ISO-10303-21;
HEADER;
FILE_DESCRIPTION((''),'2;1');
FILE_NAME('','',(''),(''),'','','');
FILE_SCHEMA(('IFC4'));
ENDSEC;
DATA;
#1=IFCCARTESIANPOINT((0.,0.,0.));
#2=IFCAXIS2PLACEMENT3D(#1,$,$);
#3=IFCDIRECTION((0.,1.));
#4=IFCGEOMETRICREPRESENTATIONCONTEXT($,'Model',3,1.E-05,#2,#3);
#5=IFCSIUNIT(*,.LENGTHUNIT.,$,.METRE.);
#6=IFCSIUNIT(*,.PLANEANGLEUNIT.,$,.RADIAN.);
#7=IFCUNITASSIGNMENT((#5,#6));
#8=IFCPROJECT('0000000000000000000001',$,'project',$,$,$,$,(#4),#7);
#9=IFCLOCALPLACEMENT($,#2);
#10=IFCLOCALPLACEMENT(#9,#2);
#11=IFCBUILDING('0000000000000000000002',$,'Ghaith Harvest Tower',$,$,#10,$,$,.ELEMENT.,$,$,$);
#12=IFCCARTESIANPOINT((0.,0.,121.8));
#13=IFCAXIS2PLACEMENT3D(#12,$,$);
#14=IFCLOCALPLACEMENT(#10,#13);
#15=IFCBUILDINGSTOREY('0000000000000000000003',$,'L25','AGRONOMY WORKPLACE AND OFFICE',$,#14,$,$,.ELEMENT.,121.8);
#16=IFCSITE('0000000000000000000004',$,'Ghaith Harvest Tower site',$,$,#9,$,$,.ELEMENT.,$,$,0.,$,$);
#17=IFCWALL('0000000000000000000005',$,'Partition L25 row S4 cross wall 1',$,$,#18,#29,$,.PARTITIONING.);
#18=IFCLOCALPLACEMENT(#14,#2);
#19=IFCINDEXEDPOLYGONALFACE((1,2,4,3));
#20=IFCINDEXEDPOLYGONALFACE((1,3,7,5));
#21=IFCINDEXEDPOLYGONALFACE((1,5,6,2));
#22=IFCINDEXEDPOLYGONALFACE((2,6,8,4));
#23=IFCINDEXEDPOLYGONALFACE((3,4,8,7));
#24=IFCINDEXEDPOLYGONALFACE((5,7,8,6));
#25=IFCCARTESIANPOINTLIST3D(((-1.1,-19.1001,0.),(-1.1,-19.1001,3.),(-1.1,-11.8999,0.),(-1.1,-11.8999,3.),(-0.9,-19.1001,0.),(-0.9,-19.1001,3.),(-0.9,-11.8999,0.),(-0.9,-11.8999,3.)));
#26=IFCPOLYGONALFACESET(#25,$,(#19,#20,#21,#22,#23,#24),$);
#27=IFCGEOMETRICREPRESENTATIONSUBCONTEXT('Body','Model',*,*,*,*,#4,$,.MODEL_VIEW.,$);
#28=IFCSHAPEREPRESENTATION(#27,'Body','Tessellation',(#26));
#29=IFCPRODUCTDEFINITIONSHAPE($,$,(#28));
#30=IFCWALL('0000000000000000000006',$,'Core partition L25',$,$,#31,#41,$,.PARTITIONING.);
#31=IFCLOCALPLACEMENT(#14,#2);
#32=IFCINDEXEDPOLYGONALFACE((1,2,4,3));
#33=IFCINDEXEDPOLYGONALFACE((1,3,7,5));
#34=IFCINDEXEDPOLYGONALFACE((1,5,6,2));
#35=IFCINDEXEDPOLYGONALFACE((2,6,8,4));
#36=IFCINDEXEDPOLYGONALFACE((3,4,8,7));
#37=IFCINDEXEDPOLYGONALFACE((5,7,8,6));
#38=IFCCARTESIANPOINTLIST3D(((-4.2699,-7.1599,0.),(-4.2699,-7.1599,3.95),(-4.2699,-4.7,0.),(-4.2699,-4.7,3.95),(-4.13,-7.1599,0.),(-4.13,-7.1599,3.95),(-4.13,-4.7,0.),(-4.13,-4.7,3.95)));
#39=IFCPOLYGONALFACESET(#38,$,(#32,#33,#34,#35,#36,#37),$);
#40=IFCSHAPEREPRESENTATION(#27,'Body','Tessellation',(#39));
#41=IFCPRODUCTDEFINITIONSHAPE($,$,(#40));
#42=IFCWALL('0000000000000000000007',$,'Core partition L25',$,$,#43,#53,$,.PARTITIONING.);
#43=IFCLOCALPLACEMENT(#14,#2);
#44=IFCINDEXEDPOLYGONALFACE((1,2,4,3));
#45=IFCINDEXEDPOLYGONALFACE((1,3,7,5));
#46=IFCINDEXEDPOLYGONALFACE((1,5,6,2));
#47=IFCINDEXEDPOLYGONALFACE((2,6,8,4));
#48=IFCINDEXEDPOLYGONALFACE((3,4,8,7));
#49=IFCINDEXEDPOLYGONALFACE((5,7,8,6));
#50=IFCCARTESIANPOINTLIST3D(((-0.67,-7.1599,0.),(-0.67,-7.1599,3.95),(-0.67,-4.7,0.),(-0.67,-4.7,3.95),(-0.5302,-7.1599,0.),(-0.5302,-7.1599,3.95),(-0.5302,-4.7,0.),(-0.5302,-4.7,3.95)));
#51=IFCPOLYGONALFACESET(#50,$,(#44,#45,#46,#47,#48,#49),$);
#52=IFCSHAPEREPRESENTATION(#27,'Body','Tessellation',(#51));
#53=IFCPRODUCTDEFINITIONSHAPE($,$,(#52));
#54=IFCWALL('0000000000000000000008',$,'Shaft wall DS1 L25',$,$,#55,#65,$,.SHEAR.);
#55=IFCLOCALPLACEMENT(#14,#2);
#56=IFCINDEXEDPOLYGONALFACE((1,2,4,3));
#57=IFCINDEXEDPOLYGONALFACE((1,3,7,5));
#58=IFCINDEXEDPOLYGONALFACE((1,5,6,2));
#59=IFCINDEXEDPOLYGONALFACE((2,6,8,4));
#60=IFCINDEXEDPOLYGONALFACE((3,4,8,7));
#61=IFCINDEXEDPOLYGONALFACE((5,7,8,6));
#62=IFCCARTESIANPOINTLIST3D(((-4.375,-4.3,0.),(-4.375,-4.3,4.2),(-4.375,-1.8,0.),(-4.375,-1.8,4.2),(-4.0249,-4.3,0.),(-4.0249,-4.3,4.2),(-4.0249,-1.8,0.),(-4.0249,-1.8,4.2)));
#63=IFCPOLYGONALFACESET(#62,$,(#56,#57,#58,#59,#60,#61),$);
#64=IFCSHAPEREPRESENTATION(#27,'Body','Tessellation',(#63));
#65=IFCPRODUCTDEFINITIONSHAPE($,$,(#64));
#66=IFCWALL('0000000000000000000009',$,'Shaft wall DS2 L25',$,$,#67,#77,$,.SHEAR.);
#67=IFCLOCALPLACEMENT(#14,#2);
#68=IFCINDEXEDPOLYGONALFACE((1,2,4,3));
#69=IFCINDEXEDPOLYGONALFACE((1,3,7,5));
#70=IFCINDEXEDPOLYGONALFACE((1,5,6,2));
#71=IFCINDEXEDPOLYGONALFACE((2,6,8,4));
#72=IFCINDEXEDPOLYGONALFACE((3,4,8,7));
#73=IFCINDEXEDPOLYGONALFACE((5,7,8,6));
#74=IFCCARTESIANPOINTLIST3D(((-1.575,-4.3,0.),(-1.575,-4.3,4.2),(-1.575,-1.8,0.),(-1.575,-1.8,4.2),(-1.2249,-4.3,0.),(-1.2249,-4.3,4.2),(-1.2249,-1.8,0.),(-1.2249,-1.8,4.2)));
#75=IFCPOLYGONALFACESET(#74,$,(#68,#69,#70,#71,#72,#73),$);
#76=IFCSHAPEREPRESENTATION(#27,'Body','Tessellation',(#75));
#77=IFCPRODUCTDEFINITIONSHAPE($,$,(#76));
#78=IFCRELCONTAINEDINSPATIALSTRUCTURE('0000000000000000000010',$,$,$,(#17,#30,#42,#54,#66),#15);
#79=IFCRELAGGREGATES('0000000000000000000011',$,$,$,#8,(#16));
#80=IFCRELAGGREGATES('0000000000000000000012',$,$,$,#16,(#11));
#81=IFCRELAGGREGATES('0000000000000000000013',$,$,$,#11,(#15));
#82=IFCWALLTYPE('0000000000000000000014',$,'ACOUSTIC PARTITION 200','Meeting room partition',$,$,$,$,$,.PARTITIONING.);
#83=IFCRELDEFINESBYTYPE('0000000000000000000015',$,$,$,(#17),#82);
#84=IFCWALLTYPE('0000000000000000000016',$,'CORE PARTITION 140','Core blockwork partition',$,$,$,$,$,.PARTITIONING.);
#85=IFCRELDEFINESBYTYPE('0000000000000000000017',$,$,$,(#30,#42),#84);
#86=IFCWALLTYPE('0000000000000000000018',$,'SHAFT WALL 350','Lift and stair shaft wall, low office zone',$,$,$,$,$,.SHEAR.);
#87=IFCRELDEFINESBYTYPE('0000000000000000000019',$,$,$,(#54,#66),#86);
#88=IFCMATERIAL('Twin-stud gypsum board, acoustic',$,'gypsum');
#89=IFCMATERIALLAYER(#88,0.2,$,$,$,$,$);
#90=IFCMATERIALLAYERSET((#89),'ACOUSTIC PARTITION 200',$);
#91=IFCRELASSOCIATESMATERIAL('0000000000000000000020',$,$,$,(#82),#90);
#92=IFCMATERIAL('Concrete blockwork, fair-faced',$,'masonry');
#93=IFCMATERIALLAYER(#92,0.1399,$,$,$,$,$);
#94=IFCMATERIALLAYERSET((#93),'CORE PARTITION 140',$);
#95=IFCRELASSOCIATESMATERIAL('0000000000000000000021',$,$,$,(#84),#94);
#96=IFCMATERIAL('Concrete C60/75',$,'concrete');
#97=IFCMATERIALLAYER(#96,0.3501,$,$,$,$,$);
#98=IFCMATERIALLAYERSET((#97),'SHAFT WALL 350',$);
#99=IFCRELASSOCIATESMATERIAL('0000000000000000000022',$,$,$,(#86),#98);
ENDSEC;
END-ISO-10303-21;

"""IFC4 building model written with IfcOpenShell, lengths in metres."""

from ifc_helpers import new_model, si_unit, direction, frame, frame_2d, origin, place, context, subcontext, project, spatial, rectangle, extrude, material, layer, layer_set, type_object, element, save


model = new_model("IFC4")

# Units and contexts
model_context = context("Model", 3, precision=1e-05, world=origin(), true_north=direction((0.0, 1.0)))
body_context = subcontext(model_context, "Body", "Model", "MODEL_VIEW")
ifc_project = project(units=[si_unit("LENGTHUNIT", "METRE"), si_unit("PLANEANGLEUNIT", "RADIAN")], contexts=[model_context])

# Site, building, storey
site_placement = place(None, origin())
site = spatial("IfcSite", under=ifc_project, at=site_placement, Name="Ghaith Harvest Tower site", CompositionType="ELEMENT", RefElevation=0.0)
building_placement = place(site_placement, origin())
building = spatial("IfcBuilding", under=site, at=building_placement, Name="Ghaith Harvest Tower", CompositionType="ELEMENT")
storey_placement = place(building_placement, frame((0.0, 0.0, 121.8)))
storey = spatial("IfcBuildingStorey", under=building, at=storey_placement, Name="L25", Description="AGRONOMY WORKPLACE AND OFFICE", CompositionType="ELEMENT", Elevation=121.8)

# Walls
ifc_material_1 = material(Name="Twin-stud gypsum board, acoustic", Category="gypsum")
ifc_layer_1 = layer(ifc_material_1, 0.2)
ifc_layer_set_1 = layer_set([ifc_layer_1], Name="ACOUSTIC PARTITION 200")
wall_type_1 = type_object("IfcWallType", Name="ACOUSTIC PARTITION 200", Description="Meeting room partition", PredefinedType="PARTITIONING", material=ifc_layer_set_1)
wall_1_placement = place(storey_placement, frame((-1.0, -11.8999, 0.0), z_axis=(0.0, 0.0, 1.0), x_axis=(0.0, -1.0, 0.0)))
element("IfcWall", 1, at=wall_1_placement, inside=storey, type_object=wall_type_1, Name="Partition L25 row S4 cross wall 1", PredefinedType="PARTITIONING", context=body_context, shape_type="SweptSolid", body=[
    extrude(rectangle(XDim=7.2002, YDim=0.2, at=frame_2d((3.6001, 0.0))), origin(), (0.0, 0.0, 1.0), 3.0),
])
ifc_material_2 = material(Name="Concrete blockwork, fair-faced", Category="masonry")
ifc_layer_2 = layer(ifc_material_2, 0.1399)
ifc_layer_set_2 = layer_set([ifc_layer_2], Name="CORE PARTITION 140")
wall_type_2 = type_object("IfcWallType", Name="CORE PARTITION 140", Description="Core blockwork partition", PredefinedType="PARTITIONING", material=ifc_layer_set_2)
for number, where, z_axis, x_axis, name in (
    (2, (-4.2, -4.7, 0.0), (0.0, 0.0, 1.0), (0.0, -1.0, 0.0), "Core partition L25"),
    (3, (-0.6001, -4.7, 0.0), (0.0, 0.0, 1.0), (0.0, -1.0, 0.0), "Core partition L25"),
):
    element("IfcWall", number, at=place(storey_placement, frame(where, z_axis=z_axis, x_axis=x_axis)), inside=storey, type_object=wall_type_2, Name=name, PredefinedType="PARTITIONING", context=body_context, shape_type="SweptSolid", body=[
        extrude(rectangle(XDim=2.46, YDim=0.1399, at=frame_2d((1.23, 0.0))), origin(), (0.0, 0.0, 1.0), 3.95),
    ])

# Shared definitions
ifc_material_3 = material(Name="Concrete C60/75", Category="concrete")
ifc_layer_3 = layer(ifc_material_3, 0.3501)
ifc_layer_set_3 = layer_set([ifc_layer_3], Name="SHAFT WALL 350")
wall_type_3 = type_object("IfcWallType", Name="SHAFT WALL 350", Description="Lift and stair shaft wall, low office zone", PredefinedType="SHEAR", material=ifc_layer_set_3)

# Walls
for number, where, z_axis, x_axis, name in (
    (4, (-4.2, -4.3, 0.0), (0.0, 0.0, 1.0), (0.0, 1.0, 0.0), "Shaft wall DS1 L25"),
    (5, (-1.3999, -4.3, 0.0), (0.0, 0.0, 1.0), (0.0, 1.0, 0.0), "Shaft wall DS2 L25"),
):
    element("IfcWall", number, at=place(storey_placement, frame(where, z_axis=z_axis, x_axis=x_axis)), inside=storey, type_object=wall_type_3, Name=name, PredefinedType="SHEAR", context=body_context, shape_type="SweptSolid", body=[
        extrude(rectangle(XDim=2.5, YDim=0.3501, at=frame_2d((1.25, 0.0))), origin(), (0.0, 0.0, 1.0), 4.2),
    ])

save(model, "model.ifc")
